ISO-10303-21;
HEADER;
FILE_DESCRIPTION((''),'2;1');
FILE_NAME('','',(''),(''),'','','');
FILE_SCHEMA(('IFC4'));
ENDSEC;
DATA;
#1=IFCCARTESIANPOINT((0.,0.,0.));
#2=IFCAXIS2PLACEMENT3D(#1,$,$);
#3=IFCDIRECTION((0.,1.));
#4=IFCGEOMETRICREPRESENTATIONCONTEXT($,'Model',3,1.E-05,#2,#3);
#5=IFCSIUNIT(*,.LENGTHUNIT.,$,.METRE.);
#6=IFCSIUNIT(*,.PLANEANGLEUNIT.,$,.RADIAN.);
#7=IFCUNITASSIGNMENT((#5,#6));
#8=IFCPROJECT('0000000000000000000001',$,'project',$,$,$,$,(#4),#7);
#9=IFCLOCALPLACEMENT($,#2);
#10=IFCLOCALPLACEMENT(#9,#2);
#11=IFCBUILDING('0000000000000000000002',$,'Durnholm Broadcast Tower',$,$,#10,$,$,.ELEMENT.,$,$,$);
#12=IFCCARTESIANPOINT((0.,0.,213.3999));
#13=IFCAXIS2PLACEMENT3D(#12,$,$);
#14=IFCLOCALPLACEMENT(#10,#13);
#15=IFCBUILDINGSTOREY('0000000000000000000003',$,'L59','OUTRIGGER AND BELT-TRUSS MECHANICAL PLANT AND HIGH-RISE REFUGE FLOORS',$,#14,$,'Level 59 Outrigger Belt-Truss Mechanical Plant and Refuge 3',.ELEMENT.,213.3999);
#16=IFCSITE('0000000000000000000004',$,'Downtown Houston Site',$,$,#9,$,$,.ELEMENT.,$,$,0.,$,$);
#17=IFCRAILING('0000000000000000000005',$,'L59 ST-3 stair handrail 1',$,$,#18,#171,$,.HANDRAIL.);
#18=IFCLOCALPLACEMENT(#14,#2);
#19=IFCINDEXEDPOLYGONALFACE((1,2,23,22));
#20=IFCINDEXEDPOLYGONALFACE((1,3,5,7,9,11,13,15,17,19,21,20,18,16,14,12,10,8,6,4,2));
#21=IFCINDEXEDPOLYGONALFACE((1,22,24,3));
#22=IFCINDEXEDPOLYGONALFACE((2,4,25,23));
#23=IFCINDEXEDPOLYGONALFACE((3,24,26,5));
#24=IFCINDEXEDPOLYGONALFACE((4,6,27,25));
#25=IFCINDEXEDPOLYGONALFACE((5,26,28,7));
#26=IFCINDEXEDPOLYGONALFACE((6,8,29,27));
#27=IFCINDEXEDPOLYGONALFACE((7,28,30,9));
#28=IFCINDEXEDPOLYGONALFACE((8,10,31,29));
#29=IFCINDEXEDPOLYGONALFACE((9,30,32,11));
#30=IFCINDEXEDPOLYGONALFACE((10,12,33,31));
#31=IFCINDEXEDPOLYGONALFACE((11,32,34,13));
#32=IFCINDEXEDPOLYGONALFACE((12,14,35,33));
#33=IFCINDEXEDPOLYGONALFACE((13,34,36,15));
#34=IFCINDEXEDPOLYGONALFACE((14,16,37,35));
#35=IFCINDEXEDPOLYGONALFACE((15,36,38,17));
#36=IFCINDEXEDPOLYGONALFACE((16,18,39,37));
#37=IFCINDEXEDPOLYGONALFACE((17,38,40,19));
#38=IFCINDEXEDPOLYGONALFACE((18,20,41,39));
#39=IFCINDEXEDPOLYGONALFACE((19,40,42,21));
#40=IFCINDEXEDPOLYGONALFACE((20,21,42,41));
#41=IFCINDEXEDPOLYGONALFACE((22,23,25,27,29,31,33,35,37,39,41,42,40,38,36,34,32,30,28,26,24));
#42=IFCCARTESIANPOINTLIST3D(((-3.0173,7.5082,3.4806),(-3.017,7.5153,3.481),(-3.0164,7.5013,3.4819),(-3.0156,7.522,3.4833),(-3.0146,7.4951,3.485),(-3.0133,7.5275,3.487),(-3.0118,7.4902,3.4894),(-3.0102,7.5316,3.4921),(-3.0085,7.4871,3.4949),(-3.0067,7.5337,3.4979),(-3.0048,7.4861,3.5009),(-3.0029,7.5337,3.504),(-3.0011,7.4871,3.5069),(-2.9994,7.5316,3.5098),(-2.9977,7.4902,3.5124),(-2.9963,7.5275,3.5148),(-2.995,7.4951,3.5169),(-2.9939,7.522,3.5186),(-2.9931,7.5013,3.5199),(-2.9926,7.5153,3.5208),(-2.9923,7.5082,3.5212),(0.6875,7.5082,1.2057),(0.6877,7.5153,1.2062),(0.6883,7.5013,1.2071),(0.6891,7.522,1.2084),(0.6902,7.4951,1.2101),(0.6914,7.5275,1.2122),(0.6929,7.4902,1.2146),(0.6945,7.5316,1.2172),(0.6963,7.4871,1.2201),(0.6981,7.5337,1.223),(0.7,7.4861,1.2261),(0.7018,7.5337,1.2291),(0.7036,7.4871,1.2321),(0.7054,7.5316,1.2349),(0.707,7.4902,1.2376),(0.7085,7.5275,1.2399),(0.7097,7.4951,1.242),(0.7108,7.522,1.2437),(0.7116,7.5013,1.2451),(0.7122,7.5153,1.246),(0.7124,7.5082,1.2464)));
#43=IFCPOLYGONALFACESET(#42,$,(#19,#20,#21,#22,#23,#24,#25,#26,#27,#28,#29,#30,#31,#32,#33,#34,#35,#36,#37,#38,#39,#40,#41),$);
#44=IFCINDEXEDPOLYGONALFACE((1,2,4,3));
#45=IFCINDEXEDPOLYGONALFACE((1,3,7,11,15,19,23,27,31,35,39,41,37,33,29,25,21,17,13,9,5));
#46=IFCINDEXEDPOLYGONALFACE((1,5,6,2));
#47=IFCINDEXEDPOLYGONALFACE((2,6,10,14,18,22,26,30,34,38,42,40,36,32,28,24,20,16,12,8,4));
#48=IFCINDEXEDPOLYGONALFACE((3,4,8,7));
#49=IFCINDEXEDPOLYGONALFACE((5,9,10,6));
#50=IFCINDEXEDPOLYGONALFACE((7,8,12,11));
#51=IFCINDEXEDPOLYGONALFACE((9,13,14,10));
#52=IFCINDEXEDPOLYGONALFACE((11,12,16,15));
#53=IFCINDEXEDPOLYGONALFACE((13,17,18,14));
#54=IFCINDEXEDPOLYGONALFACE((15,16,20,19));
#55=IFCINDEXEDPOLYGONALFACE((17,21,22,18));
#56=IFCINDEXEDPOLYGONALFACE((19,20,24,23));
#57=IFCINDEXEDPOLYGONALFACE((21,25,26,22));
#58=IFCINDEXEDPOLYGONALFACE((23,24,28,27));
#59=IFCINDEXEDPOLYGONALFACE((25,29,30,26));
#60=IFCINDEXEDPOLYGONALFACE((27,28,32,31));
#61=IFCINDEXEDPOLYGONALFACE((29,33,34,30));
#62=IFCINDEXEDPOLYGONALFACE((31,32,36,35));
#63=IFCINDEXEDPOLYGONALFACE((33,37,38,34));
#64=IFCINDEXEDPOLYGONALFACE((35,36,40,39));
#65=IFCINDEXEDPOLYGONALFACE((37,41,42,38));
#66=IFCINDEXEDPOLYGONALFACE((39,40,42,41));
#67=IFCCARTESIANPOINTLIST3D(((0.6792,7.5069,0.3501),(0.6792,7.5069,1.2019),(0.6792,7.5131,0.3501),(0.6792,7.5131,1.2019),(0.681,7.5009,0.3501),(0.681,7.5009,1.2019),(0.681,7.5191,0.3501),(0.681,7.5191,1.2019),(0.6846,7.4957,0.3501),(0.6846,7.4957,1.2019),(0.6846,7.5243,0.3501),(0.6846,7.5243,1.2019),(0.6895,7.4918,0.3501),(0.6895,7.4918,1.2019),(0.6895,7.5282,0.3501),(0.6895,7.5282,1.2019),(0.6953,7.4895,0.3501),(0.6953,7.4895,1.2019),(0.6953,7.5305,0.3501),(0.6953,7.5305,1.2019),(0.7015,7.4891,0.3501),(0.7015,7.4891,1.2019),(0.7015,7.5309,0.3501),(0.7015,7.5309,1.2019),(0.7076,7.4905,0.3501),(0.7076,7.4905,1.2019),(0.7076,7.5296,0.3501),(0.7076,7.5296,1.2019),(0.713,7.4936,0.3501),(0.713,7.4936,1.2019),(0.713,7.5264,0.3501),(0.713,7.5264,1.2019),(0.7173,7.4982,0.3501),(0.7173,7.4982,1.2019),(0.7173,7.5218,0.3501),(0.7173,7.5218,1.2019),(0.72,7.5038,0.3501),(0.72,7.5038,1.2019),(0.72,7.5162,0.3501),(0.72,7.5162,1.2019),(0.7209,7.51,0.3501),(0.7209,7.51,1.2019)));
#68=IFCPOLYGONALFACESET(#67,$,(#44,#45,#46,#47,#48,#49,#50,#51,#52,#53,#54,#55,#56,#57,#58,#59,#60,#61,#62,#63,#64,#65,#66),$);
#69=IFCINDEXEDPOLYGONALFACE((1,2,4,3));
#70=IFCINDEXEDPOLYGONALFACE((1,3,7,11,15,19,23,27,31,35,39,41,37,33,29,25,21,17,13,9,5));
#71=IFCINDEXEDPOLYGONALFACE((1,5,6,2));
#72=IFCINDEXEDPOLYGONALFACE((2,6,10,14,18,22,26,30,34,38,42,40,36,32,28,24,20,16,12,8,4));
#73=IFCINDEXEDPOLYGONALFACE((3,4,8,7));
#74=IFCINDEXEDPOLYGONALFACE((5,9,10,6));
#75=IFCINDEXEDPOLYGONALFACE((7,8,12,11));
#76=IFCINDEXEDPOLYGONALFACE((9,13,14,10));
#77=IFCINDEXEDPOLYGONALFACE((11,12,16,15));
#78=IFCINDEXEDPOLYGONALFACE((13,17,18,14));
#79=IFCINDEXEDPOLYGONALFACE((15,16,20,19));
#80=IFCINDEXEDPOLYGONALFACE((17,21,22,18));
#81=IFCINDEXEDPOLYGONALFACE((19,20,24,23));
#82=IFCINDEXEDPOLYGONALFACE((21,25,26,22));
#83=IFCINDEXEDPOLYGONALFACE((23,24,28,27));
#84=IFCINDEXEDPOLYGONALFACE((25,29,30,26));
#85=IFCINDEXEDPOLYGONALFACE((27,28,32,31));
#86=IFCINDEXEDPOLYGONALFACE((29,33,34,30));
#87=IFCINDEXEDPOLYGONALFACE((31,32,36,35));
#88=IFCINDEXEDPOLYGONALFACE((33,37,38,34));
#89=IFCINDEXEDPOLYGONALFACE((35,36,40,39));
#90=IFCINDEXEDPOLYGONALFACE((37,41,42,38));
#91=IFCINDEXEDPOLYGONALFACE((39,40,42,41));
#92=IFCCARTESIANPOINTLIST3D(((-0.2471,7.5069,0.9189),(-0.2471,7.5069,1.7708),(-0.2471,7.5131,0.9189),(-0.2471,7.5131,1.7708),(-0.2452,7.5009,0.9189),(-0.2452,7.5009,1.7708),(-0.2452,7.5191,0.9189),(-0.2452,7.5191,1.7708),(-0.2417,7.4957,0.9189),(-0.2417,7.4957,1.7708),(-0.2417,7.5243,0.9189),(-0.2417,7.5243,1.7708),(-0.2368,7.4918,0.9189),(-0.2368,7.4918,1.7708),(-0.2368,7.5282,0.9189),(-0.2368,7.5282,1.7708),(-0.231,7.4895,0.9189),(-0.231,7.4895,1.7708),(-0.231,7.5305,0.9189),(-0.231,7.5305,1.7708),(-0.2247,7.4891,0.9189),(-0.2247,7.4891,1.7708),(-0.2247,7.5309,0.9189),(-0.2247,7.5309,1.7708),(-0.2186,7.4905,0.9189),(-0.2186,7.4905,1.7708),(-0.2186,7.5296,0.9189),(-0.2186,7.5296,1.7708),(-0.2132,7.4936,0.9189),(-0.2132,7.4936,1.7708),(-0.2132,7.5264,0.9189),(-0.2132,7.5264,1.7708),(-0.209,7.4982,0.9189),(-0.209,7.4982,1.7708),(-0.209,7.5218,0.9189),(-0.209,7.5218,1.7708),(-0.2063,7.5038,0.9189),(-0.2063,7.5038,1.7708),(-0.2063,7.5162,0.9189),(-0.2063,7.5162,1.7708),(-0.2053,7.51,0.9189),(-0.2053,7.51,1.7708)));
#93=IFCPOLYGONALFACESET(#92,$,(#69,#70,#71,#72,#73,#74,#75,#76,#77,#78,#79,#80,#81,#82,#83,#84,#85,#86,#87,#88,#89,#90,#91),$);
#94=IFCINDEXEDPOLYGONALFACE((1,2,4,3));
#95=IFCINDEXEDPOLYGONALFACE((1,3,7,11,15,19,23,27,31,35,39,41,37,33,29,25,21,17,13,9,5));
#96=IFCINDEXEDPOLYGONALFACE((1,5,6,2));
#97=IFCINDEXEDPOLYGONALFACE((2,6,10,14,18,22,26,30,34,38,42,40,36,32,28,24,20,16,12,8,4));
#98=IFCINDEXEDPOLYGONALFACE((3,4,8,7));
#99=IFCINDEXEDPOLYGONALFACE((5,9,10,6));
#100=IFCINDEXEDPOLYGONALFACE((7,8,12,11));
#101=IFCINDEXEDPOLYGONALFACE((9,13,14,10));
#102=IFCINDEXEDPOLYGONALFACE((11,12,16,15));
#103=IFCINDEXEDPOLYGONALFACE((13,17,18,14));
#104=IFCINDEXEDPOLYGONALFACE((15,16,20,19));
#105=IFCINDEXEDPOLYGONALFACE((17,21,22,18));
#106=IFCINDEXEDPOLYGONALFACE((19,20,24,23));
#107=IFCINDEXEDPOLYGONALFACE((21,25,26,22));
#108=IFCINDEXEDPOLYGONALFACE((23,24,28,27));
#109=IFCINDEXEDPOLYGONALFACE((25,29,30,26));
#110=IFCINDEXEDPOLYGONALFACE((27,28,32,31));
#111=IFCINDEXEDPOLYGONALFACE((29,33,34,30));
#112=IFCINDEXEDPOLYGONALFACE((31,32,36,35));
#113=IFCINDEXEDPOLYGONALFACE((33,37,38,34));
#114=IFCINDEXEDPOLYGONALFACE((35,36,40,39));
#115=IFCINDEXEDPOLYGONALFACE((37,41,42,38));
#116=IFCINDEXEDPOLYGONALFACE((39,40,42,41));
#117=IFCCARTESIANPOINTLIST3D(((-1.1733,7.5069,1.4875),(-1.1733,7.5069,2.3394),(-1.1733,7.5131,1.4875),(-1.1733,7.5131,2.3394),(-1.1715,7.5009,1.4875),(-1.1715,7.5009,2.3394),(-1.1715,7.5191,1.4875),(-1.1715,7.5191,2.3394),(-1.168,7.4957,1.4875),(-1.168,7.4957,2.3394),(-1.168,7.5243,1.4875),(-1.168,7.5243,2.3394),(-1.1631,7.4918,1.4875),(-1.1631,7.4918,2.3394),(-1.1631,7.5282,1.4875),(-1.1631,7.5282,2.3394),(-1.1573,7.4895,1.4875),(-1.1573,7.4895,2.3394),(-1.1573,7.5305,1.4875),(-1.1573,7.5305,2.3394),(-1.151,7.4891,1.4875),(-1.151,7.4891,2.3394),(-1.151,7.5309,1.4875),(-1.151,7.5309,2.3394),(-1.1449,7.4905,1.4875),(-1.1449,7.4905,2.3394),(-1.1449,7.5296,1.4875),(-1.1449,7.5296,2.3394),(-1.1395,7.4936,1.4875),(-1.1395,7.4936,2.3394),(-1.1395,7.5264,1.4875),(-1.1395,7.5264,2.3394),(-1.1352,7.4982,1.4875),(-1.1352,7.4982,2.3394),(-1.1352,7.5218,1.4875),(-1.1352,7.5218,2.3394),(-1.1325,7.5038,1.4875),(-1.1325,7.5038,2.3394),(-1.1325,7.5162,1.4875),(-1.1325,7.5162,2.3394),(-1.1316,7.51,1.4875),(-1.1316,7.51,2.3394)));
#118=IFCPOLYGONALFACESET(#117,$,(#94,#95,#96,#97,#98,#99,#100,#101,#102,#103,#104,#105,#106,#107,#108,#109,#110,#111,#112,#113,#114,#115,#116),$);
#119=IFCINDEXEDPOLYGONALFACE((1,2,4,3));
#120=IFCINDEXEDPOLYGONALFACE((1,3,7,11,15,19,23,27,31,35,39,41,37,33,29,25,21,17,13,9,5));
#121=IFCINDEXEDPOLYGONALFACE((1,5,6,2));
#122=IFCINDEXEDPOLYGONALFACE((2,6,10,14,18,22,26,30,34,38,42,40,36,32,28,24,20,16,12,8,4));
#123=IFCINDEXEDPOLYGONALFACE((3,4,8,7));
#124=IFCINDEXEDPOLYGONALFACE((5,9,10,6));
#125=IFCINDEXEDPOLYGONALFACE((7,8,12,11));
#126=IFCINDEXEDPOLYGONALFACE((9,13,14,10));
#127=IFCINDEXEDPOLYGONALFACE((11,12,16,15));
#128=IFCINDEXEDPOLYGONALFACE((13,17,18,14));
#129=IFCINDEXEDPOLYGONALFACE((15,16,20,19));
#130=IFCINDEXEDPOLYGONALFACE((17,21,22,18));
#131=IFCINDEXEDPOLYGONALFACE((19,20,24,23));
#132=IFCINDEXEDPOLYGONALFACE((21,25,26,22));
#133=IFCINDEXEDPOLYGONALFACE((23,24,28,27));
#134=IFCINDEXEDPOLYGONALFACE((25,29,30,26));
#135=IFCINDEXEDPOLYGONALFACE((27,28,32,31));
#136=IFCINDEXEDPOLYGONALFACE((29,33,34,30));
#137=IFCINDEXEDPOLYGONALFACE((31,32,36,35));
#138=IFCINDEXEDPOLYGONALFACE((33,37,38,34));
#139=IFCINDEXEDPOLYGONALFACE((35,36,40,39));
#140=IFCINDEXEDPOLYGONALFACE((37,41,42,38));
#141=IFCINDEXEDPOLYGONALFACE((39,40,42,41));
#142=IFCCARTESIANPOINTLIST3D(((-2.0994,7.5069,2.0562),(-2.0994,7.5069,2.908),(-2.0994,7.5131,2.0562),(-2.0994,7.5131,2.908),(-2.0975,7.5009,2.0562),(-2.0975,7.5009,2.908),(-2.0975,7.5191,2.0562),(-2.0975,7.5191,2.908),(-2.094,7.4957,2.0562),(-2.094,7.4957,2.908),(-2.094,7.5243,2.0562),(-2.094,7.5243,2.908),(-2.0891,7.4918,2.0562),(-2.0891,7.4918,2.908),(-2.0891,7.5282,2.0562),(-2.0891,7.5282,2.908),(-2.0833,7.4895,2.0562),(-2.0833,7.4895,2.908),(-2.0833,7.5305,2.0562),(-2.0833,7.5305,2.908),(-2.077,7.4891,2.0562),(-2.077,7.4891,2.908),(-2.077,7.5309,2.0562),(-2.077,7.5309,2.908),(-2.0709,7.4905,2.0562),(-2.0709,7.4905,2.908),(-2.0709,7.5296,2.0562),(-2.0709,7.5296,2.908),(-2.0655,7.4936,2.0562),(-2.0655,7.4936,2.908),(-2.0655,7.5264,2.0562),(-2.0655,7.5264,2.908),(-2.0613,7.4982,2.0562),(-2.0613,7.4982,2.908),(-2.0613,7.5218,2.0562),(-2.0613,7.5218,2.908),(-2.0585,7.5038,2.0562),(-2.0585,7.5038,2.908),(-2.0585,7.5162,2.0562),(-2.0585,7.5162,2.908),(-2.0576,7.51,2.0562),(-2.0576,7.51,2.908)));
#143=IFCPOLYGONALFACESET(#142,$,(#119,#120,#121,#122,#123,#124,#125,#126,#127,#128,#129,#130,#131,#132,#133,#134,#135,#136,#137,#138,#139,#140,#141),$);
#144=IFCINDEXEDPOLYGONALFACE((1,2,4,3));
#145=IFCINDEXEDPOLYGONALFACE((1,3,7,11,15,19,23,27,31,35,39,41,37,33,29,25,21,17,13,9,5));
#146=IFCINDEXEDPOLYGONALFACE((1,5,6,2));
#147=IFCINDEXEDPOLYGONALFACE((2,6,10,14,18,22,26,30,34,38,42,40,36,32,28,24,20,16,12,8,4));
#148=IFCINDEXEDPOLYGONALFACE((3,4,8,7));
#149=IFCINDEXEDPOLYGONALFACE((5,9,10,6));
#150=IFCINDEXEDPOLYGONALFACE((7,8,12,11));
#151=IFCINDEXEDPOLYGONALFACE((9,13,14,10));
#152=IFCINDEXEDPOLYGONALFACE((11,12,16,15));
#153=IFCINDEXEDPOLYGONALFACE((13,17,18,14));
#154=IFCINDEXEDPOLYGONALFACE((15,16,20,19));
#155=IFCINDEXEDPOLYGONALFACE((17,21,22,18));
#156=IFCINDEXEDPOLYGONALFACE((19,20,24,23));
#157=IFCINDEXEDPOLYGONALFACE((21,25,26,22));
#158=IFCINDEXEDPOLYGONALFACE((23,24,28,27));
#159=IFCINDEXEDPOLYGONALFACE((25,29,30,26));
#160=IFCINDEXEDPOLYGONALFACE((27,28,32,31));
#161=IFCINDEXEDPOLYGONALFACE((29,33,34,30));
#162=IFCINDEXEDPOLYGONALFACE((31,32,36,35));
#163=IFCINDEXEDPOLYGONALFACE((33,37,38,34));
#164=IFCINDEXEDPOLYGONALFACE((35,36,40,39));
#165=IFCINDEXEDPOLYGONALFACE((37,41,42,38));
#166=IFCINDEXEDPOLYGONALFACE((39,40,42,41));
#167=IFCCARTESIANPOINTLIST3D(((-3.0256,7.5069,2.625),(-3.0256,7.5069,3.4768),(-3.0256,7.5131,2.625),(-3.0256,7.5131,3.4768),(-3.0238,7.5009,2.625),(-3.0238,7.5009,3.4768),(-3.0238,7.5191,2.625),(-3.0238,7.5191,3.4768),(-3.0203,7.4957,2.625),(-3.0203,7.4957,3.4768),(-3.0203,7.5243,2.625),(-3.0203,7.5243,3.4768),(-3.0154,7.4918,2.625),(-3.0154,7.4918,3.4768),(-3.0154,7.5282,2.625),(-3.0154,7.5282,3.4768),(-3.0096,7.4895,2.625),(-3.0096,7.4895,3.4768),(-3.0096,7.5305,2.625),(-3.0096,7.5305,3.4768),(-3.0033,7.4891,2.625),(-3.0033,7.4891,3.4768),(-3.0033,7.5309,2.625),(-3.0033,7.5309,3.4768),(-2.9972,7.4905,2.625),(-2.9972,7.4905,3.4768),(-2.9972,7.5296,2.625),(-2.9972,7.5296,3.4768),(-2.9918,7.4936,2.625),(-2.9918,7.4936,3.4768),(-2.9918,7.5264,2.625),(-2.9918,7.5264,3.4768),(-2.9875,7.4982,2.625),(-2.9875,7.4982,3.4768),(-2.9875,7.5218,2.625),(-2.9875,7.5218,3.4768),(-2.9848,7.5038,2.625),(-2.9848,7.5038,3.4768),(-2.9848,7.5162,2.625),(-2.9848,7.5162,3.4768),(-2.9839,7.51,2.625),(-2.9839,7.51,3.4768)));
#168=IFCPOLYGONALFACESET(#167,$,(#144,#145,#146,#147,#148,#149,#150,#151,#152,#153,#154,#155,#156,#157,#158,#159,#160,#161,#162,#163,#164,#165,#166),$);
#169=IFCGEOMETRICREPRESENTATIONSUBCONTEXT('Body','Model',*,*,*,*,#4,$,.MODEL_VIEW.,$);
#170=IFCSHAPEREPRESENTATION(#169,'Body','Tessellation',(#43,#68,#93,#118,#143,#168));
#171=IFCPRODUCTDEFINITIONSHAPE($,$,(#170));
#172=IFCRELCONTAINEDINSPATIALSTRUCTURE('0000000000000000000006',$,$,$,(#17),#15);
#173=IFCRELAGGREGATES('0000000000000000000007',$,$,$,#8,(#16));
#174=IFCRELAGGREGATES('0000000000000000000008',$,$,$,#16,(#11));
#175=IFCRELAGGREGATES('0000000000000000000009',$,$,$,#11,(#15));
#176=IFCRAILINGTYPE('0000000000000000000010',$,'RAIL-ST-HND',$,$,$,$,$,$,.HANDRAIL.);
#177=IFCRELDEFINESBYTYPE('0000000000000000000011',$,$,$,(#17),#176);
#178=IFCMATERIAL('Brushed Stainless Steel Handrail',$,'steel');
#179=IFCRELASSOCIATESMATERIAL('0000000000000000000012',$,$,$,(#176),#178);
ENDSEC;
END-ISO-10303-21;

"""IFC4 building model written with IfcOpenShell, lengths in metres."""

from ifc_helpers import new_model, si_unit, direction, frame, origin, origin_2d, place, context, subcontext, project, spatial, circle, extrude, material, type_object, element, save


model = new_model("IFC4")

# Units and contexts
model_context = context("Model", 3, precision=1e-05, world=origin(), true_north=direction((0.0, 1.0)))
body_context = subcontext(model_context, "Body", "Model", "MODEL_VIEW")
ifc_project = project(units=[si_unit("LENGTHUNIT", "METRE"), si_unit("PLANEANGLEUNIT", "RADIAN")], contexts=[model_context])

# Site, building, storey
site_placement = place(None, origin())
site = spatial("IfcSite", under=ifc_project, at=site_placement, Name="Downtown Houston Site", CompositionType="ELEMENT", RefElevation=0.0)
building_placement = place(site_placement, origin())
building = spatial("IfcBuilding", under=site, at=building_placement, Name="Durnholm Broadcast Tower", CompositionType="ELEMENT")
storey_placement = place(building_placement, frame((0.0, 0.0, 213.3999)))
storey = spatial("IfcBuildingStorey", under=building, at=storey_placement, Name="L59", Description="OUTRIGGER AND BELT-TRUSS MECHANICAL PLANT AND HIGH-RISE REFUGE FLOORS", LongName="Level 59 Outrigger Belt-Truss Mechanical Plant and Refuge 3", CompositionType="ELEMENT", Elevation=213.3999)

# Railing
ifc_material_1 = material(Name="Brushed Stainless Steel Handrail", Category="steel")
railing_type_1 = type_object("IfcRailingType", Name="RAIL-ST-HND", PredefinedType="HANDRAIL", material=ifc_material_1)
railing_1_placement = place(storey_placement, frame((0.7, 7.51, 0.3501)))
element("IfcRailing", 1, at=railing_1_placement, inside=storey, type_object=railing_type_1, Name="L59 ST-3 stair handrail 1", PredefinedType="HANDRAIL", context=body_context, shape_type="SweptSolid", body=[
    extrude(circle(Radius=0.0239, at=origin_2d()), frame((0.0, 0.0, 0.876), z_axis=(-0.852171, 0.0, 0.523264), x_axis=(0.0, -1.0, 0.0)), (0.0, 0.0, 1.0), 4.3474),
    extrude(circle(Radius=0.021, at=origin_2d()), origin(), (0.0, 0.0, 1.0), 0.8518),
    extrude(circle(Radius=0.021, at=origin_2d()), frame((-0.9263, 0.0, 0.5688)), (0.0, 0.0, 1.0), 0.8518),
    extrude(circle(Radius=0.021, at=origin_2d()), frame((-1.8525, 0.0, 1.1375)), (0.0, 0.0, 1.0), 0.8518),
    extrude(circle(Radius=0.021, at=origin_2d()), frame((-2.7786, 0.0, 1.7061)), (0.0, 0.0, 1.0), 0.8518),
    extrude(circle(Radius=0.021, at=origin_2d()), frame((-3.7048, 0.0, 2.2749)), (0.0, 0.0, 1.0), 0.8518),
])

save(model, "model.ifc")
